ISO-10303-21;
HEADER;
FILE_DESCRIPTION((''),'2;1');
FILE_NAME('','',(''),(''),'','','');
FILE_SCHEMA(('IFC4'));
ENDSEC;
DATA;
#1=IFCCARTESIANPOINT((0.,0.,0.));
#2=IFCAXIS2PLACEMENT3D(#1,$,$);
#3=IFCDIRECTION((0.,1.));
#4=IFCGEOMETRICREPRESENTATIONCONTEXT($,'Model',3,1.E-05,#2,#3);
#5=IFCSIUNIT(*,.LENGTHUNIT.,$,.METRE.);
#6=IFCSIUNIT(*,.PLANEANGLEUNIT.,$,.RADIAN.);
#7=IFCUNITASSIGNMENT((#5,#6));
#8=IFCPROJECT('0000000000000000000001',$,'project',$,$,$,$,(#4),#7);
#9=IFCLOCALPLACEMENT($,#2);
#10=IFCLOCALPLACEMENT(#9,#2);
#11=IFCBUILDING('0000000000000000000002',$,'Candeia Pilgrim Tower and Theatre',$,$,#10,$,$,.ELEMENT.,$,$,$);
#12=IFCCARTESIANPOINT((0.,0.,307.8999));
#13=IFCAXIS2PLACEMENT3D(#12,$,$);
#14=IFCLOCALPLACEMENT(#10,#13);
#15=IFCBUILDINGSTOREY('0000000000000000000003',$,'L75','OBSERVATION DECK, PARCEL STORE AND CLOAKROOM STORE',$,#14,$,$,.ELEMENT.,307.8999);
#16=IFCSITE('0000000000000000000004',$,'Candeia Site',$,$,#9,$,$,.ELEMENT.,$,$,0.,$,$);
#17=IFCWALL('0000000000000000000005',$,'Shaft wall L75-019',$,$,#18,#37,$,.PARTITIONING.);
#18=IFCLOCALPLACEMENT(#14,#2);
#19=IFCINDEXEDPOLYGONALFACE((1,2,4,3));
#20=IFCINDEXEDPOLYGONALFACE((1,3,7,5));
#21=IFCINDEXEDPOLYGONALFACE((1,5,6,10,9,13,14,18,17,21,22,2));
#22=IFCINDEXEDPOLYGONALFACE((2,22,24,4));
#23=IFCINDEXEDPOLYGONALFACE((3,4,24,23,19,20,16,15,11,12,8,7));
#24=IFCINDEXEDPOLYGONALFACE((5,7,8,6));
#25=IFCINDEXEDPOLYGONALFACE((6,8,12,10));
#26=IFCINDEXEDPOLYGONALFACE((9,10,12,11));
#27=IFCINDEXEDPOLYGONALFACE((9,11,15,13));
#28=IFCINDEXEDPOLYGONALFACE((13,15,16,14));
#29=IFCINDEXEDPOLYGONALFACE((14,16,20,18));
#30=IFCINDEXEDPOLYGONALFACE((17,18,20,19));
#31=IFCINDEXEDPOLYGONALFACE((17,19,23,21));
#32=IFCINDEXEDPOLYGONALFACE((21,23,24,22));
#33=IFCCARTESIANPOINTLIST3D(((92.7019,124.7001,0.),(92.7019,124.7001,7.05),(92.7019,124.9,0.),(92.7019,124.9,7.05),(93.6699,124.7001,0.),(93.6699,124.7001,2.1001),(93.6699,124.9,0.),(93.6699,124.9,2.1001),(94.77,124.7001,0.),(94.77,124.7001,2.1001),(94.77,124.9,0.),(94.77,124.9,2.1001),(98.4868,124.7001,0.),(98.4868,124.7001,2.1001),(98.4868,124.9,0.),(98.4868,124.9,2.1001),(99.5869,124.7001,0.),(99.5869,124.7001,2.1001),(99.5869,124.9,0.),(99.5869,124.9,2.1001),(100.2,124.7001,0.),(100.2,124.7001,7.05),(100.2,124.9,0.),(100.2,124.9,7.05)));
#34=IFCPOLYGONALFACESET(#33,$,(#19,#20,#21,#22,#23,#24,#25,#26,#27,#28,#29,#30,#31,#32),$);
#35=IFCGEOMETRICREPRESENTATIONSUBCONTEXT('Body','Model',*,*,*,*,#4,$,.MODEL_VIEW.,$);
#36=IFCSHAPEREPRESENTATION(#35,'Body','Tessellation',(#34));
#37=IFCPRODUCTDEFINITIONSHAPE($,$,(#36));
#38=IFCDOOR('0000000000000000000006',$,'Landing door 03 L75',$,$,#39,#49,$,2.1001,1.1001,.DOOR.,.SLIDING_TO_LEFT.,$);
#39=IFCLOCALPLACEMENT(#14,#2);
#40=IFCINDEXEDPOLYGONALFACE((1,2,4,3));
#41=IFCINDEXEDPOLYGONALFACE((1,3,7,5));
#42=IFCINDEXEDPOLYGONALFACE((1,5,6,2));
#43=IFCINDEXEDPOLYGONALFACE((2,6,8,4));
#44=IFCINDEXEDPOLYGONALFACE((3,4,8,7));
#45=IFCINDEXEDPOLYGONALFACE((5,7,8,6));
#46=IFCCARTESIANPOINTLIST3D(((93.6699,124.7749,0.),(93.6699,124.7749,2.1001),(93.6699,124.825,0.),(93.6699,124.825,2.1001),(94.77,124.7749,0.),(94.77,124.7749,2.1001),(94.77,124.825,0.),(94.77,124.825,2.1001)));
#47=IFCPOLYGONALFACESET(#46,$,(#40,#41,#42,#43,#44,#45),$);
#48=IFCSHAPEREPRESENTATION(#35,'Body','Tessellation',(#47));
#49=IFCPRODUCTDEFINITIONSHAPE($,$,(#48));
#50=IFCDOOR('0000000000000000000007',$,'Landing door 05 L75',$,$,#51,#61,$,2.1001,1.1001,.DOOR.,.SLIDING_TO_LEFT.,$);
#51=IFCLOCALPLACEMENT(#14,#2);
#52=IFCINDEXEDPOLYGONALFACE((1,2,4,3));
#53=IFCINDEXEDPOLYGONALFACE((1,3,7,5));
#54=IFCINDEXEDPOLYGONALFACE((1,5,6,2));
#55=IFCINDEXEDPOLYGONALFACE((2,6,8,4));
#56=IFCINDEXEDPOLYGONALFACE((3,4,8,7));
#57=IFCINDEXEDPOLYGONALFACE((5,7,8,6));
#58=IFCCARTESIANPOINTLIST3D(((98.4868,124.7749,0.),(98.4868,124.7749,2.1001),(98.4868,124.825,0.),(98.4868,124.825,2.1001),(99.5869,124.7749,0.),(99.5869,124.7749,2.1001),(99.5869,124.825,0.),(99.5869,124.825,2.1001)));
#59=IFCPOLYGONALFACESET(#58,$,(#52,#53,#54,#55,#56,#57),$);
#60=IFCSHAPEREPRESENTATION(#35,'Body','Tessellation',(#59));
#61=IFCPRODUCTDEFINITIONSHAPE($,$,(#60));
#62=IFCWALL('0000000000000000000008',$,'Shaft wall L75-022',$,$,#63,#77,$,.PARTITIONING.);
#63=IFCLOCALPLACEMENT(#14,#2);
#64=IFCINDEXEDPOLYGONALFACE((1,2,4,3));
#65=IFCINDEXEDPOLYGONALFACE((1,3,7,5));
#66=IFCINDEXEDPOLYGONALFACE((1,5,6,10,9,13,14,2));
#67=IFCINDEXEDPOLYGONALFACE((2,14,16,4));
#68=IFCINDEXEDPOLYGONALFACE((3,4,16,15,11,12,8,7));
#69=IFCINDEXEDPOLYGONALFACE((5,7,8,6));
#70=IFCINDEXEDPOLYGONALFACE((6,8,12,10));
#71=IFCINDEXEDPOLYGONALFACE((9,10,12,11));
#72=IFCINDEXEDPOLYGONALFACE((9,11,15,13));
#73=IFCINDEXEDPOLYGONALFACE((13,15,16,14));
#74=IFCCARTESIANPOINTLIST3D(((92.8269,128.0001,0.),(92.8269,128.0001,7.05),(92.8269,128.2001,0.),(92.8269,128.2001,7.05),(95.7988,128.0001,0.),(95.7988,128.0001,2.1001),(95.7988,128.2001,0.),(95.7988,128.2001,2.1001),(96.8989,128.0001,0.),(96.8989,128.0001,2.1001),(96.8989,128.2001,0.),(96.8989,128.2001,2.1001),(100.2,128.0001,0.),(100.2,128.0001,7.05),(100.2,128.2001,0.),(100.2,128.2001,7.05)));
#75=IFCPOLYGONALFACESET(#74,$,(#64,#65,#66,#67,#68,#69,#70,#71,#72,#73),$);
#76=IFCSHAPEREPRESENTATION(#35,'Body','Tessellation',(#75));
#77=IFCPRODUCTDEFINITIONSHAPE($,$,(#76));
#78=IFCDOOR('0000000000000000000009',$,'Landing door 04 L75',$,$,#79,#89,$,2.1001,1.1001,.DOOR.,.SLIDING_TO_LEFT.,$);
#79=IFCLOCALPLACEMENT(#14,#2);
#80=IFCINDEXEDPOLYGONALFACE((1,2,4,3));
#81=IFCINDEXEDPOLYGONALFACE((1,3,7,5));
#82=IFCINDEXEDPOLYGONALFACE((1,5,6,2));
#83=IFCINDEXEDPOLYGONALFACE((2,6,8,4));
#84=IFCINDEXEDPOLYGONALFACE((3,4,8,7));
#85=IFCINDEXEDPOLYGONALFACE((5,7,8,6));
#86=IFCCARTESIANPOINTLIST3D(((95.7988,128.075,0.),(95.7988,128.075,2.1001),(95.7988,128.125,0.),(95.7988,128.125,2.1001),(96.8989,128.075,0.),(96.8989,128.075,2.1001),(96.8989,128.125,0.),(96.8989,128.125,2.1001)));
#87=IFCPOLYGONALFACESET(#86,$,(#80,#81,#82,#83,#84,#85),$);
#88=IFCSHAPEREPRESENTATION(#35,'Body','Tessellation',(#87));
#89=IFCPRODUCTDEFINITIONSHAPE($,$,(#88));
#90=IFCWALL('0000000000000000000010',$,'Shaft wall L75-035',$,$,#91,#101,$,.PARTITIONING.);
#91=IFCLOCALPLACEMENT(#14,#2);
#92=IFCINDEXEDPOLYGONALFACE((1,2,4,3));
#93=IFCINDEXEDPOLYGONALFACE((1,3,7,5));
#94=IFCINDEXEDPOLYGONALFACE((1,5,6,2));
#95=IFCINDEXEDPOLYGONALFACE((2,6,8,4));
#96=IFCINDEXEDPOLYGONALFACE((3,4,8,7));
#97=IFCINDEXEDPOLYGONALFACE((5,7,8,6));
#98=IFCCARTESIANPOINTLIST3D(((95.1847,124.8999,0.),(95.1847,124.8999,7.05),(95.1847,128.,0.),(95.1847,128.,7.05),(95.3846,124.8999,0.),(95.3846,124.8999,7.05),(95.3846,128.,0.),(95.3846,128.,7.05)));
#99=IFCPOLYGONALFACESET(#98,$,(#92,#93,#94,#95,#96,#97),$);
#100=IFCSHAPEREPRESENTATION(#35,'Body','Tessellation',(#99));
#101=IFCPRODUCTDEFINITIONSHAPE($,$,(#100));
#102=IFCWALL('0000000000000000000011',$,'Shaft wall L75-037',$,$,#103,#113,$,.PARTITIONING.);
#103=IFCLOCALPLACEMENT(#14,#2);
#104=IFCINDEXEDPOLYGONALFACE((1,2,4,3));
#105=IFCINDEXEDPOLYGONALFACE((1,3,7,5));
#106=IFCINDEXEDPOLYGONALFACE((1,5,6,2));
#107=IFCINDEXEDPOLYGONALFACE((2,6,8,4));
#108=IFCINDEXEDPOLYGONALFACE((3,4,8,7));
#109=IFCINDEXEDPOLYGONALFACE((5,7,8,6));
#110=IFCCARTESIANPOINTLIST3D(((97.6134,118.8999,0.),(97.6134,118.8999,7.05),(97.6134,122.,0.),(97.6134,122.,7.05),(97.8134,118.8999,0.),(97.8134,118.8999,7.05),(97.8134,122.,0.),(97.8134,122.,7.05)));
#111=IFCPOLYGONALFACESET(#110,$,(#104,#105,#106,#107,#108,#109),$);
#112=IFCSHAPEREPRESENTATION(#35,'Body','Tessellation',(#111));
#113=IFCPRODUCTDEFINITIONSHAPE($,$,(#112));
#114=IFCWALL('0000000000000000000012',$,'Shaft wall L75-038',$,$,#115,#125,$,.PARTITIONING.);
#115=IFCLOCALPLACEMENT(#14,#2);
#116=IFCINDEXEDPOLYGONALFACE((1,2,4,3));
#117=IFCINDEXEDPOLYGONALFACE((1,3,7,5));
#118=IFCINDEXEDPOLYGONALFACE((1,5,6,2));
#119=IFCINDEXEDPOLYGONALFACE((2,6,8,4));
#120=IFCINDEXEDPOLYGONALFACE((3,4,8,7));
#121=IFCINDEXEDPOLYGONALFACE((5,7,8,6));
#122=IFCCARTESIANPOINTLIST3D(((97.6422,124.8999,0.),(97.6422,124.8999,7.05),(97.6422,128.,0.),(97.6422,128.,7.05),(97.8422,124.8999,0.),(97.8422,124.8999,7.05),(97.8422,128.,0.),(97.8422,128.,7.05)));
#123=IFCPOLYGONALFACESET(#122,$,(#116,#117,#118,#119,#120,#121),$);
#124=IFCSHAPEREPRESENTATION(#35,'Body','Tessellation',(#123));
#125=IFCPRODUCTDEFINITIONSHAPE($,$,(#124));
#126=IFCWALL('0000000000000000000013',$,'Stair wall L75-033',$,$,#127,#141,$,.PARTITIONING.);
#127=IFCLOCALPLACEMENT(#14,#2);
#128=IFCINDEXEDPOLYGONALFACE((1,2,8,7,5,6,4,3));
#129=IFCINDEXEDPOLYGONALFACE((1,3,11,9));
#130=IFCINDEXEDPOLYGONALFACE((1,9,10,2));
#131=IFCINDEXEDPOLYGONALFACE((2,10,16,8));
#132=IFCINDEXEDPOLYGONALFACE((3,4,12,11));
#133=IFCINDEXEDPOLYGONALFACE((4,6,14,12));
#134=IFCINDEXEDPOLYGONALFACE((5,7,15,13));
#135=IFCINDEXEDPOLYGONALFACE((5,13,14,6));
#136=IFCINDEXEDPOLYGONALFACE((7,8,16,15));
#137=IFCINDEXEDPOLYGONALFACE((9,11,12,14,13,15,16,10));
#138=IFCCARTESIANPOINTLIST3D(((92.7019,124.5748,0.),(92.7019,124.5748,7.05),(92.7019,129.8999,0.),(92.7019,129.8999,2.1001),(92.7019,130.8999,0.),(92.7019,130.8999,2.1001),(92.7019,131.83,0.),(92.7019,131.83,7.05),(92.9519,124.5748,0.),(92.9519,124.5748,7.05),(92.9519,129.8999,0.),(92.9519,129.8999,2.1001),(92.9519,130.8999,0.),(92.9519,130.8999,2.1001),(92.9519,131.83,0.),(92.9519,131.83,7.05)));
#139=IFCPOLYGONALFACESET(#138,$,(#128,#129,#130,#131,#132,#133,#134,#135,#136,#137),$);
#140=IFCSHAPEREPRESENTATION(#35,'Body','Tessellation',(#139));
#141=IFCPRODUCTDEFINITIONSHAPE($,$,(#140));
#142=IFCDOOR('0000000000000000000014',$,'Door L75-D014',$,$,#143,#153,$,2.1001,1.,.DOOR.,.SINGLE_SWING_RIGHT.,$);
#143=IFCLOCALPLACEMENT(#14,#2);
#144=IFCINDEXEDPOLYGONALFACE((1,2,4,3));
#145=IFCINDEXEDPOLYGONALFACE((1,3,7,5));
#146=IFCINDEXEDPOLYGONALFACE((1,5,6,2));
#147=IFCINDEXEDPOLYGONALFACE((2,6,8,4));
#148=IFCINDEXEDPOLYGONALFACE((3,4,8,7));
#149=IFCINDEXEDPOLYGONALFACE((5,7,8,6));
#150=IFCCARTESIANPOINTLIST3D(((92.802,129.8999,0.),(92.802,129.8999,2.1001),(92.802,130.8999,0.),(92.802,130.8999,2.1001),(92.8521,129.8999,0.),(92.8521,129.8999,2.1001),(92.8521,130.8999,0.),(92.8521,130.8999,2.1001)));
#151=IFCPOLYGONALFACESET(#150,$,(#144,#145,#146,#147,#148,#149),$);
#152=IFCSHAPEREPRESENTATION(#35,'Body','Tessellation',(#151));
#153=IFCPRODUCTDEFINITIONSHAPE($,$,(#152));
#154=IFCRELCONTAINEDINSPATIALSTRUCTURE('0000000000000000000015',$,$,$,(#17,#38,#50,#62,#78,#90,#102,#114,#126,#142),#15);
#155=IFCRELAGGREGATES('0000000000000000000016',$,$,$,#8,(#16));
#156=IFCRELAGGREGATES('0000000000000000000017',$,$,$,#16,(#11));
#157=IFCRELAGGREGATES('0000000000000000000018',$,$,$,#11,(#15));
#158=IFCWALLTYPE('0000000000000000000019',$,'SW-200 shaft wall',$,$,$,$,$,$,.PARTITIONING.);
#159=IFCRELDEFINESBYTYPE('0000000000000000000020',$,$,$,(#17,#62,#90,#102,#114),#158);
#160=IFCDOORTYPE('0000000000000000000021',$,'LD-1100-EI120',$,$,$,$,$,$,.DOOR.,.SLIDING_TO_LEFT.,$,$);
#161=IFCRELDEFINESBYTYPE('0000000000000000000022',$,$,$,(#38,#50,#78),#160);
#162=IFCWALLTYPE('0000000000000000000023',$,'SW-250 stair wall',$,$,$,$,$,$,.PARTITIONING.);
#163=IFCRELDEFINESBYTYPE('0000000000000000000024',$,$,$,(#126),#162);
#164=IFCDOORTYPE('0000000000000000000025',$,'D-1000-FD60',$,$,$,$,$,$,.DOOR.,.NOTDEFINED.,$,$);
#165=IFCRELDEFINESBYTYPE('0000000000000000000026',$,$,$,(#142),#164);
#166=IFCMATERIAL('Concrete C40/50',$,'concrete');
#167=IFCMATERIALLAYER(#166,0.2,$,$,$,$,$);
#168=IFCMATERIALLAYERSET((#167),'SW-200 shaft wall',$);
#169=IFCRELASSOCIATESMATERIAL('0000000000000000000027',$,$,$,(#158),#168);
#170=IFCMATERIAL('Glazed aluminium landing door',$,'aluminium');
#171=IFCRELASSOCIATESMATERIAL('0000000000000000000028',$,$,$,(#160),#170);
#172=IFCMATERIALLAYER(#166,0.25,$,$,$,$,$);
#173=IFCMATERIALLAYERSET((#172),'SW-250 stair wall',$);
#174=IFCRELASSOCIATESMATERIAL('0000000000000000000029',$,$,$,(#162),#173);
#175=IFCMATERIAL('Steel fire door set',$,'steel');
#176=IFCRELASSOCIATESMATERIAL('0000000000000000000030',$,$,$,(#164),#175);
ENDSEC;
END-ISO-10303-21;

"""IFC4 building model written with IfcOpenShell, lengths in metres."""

from ifc_helpers import new_model, si_unit, direction, frame, frame_2d, origin, place, context, subcontext, project, spatial, rectangle, extrude, material, layer, layer_set, type_object, element, fill, save


model = new_model("IFC4")

# Units and contexts
model_context = context("Model", 3, precision=1e-05, world=origin(), true_north=direction((0.0, 1.0)))
body_context = subcontext(model_context, "Body", "Model", "MODEL_VIEW")
ifc_project = project(units=[si_unit("LENGTHUNIT", "METRE"), si_unit("PLANEANGLEUNIT", "RADIAN")], contexts=[model_context])

# Site, building, storey
site_placement = place(None, origin())
site = spatial("IfcSite", under=ifc_project, at=site_placement, Name="Candeia Site", CompositionType="ELEMENT", RefElevation=0.0)
building_placement = place(site_placement, origin())
building = spatial("IfcBuilding", under=site, at=building_placement, Name="Candeia Pilgrim Tower and Theatre", CompositionType="ELEMENT")
storey_placement = place(building_placement, frame((0.0, 0.0, 307.8999)))
storey = spatial("IfcBuildingStorey", under=building, at=storey_placement, Name="L75", Description="OBSERVATION DECK, PARCEL STORE AND CLOAKROOM STORE", CompositionType="ELEMENT", Elevation=307.8999)

# Shared definitions
ifc_material_1 = material(Name="Steel fire door set", Category="steel")

# Shared definitions
ifc_material_2 = material(Name="Concrete C40/50", Category="concrete")
ifc_layer_1 = layer(ifc_material_2, 0.2)
ifc_layer_set_1 = layer_set([ifc_layer_1], Name="SW-200 shaft wall")
wall_type_1 = type_object("IfcWallType", Name="SW-200 shaft wall", PredefinedType="PARTITIONING", material=ifc_layer_set_1)

# Wall, openings, doors
ifc_material_3 = material(Name="Glazed aluminium landing door", Category="aluminium")
door_type_1 = type_object("IfcDoorType", Name="LD-1100-EI120", OperationType="SLIDING_TO_LEFT", PredefinedType="DOOR", material=ifc_material_3)
wall_1_placement = place(storey_placement, frame((92.7019, 124.8, 0.0), z_axis=(0.0, 0.0, 1.0), x_axis=(1.0, 0.0, 0.0)))
wall_1 = element("IfcWall", 1, at=wall_1_placement, inside=storey, type_object=wall_type_1, Name="Shaft wall L75-019", PredefinedType="PARTITIONING", context=body_context, shape_type="SweptSolid", body=[
    extrude(rectangle(XDim=7.498, YDim=0.2, at=frame_2d((3.749, 0.0))), origin(), (0.0, 0.0, 1.0), 7.05),
])
opening_1_placement = place(wall_1_placement, frame((0.968, 0.0, 0.0)))
opening_1 = element("IfcOpeningElement", 2, at=opening_1_placement, cuts=wall_1, PredefinedType="OPENING", context=body_context, shape_type="SweptSolid", body=[
    extrude(rectangle(XDim=1.1001, YDim=2.1001, at=frame_2d((0.55, 1.05))), frame((0.0, 0.1099, 0.0), z_axis=(0.0, -1.0, 0.0), x_axis=(1.0, 0.0, 0.0)), (0.0, 0.0, 1.0), 0.22),
])
opening_2_placement = place(wall_1_placement, frame((5.7849, 0.0, 0.0)))
opening_2 = element("IfcOpeningElement", 3, at=opening_2_placement, cuts=wall_1, PredefinedType="OPENING", context=body_context, shape_type="SweptSolid", body=[
    extrude(rectangle(XDim=1.1001, YDim=2.1001, at=frame_2d((0.55, 1.05))), frame((0.0, 0.1099, 0.0), z_axis=(0.0, -1.0, 0.0), x_axis=(1.0, 0.0, 0.0)), (0.0, 0.0, 1.0), 0.22),
])
door_1_placement = place(opening_1_placement, origin())
door_1 = element("IfcDoor", 4, at=door_1_placement, inside=storey, type_object=door_type_1, Name="Landing door 03 L75", OperationType="SLIDING_TO_LEFT", OverallHeight=2.1001, OverallWidth=1.1001, PredefinedType="DOOR", context=body_context, shape_type="SweptSolid", body=[
    extrude(rectangle(XDim=1.1001, YDim=2.1001, at=frame_2d((0.55, 1.05))), frame((0.0, 0.0249, 0.0), z_axis=(0.0, -1.0, 0.0), x_axis=(1.0, 0.0, 0.0)), (0.0, 0.0, 1.0), 0.05),
])
fill(opening_1, door_1)
door_2_placement = place(opening_2_placement, origin())
door_2 = element("IfcDoor", 5, at=door_2_placement, inside=storey, type_object=door_type_1, Name="Landing door 05 L75", OperationType="SLIDING_TO_LEFT", OverallHeight=2.1001, OverallWidth=1.1001, PredefinedType="DOOR", context=body_context, shape_type="SweptSolid", body=[
    extrude(rectangle(XDim=1.1001, YDim=2.1001, at=frame_2d((0.55, 1.05))), frame((0.0, 0.0249, 0.0), z_axis=(0.0, -1.0, 0.0), x_axis=(1.0, 0.0, 0.0)), (0.0, 0.0, 1.0), 0.05),
])
fill(opening_2, door_2)

# Wall, opening, door
wall_2_placement = place(storey_placement, frame((92.8269, 128.1001, 0.0), z_axis=(0.0, 0.0, 1.0), x_axis=(1.0, 0.0, 0.0)))
wall_2 = element("IfcWall", 6, at=wall_2_placement, inside=storey, type_object=wall_type_1, Name="Shaft wall L75-022", PredefinedType="PARTITIONING", context=body_context, shape_type="SweptSolid", body=[
    extrude(rectangle(XDim=7.373, YDim=0.2, at=frame_2d((3.6865, 0.0))), origin(), (0.0, 0.0, 1.0), 7.05),
])
opening_3_placement = place(wall_2_placement, frame((2.9719, 0.0, 0.0)))
opening_3 = element("IfcOpeningElement", 7, at=opening_3_placement, cuts=wall_2, PredefinedType="OPENING", context=body_context, shape_type="SweptSolid", body=[
    extrude(rectangle(XDim=1.1001, YDim=2.1001, at=frame_2d((0.55, 1.05))), frame((0.0, 0.1099, 0.0), z_axis=(0.0, -1.0, 0.0), x_axis=(1.0, 0.0, 0.0)), (0.0, 0.0, 1.0), 0.22),
])
door_3_placement = place(opening_3_placement, origin())
door_3 = element("IfcDoor", 8, at=door_3_placement, inside=storey, type_object=door_type_1, Name="Landing door 04 L75", OperationType="SLIDING_TO_LEFT", OverallHeight=2.1001, OverallWidth=1.1001, PredefinedType="DOOR", context=body_context, shape_type="SweptSolid", body=[
    extrude(rectangle(XDim=1.1001, YDim=2.1001, at=frame_2d((0.55, 1.05))), frame((0.0, 0.0249, 0.0), z_axis=(0.0, -1.0, 0.0), x_axis=(1.0, 0.0, 0.0)), (0.0, 0.0, 1.0), 0.05),
])
fill(opening_3, door_3)

# Walls
for number, where, z_axis, x_axis, name in (
    (9, (95.2847, 124.8999, 0.0), (0.0, 0.0, 1.0), (0.0, 1.0, 0.0), "Shaft wall L75-035"),
    (10, (97.7134, 118.8999, 0.0), (0.0, 0.0, 1.0), (0.0, 1.0, 0.0), "Shaft wall L75-037"),
    (11, (97.7422, 124.8999, 0.0), (0.0, 0.0, 1.0), (0.0, 1.0, 0.0), "Shaft wall L75-038"),
):
    element("IfcWall", number, at=place(storey_placement, frame(where, z_axis=z_axis, x_axis=x_axis)), inside=storey, type_object=wall_type_1, Name=name, PredefinedType="PARTITIONING", context=body_context, shape_type="SweptSolid", body=[
        extrude(rectangle(XDim=3.1001, YDim=0.2, at=frame_2d((1.55, 0.0))), origin(), (0.0, 0.0, 1.0), 7.05),
    ])

# Wall, opening, door
ifc_layer_2 = layer(ifc_material_2, 0.25)
ifc_layer_set_2 = layer_set([ifc_layer_2], Name="SW-250 stair wall")
wall_type_2 = type_object("IfcWallType", Name="SW-250 stair wall", PredefinedType="PARTITIONING", material=ifc_layer_set_2)
wall_3_placement = place(storey_placement, frame((92.8269, 124.575, 0.0), z_axis=(0.0, 0.0, 1.0), x_axis=(0.0, 1.0, 0.0)))
wall_3 = element("IfcWall", 12, at=wall_3_placement, inside=storey, type_object=wall_type_2, Name="Stair wall L75-033", PredefinedType="PARTITIONING", context=body_context, shape_type="SweptSolid", body=[
    extrude(rectangle(XDim=7.2551, YDim=0.25, at=frame_2d((3.6274, 0.0))), origin(), (0.0, 0.0, 1.0), 7.05),
])
opening_4_placement = place(wall_3_placement, frame((5.325, 0.0, 0.0)))
opening_4 = element("IfcOpeningElement", 13, at=opening_4_placement, cuts=wall_3, PredefinedType="OPENING", context=body_context, shape_type="SweptSolid", body=[
    extrude(rectangle(XDim=1.0, YDim=2.1001, at=frame_2d((0.5, 1.05))), frame((0.0, 0.135, 0.0), z_axis=(0.0, -1.0, 0.0), x_axis=(1.0, 0.0, 0.0)), (0.0, 0.0, 1.0), 0.27),
])
door_type_2 = type_object("IfcDoorType", Name="D-1000-FD60", OperationType="NOTDEFINED", PredefinedType="DOOR", material=ifc_material_1)
door_4_placement = place(opening_4_placement, origin())
door_4 = element("IfcDoor", 14, at=door_4_placement, inside=storey, type_object=door_type_2, Name="Door L75-D014", OperationType="SINGLE_SWING_RIGHT", OverallHeight=2.1001, OverallWidth=1.0, PredefinedType="DOOR", context=body_context, shape_type="SweptSolid", body=[
    extrude(rectangle(XDim=1.0, YDim=2.1001, at=frame_2d((0.5, 1.05))), frame((0.0, 0.0249, 0.0), z_axis=(0.0, -1.0, 0.0), x_axis=(1.0, 0.0, 0.0)), (0.0, 0.0, 1.0), 0.05),
])
fill(opening_4, door_4)

save(model, "model.ifc")
